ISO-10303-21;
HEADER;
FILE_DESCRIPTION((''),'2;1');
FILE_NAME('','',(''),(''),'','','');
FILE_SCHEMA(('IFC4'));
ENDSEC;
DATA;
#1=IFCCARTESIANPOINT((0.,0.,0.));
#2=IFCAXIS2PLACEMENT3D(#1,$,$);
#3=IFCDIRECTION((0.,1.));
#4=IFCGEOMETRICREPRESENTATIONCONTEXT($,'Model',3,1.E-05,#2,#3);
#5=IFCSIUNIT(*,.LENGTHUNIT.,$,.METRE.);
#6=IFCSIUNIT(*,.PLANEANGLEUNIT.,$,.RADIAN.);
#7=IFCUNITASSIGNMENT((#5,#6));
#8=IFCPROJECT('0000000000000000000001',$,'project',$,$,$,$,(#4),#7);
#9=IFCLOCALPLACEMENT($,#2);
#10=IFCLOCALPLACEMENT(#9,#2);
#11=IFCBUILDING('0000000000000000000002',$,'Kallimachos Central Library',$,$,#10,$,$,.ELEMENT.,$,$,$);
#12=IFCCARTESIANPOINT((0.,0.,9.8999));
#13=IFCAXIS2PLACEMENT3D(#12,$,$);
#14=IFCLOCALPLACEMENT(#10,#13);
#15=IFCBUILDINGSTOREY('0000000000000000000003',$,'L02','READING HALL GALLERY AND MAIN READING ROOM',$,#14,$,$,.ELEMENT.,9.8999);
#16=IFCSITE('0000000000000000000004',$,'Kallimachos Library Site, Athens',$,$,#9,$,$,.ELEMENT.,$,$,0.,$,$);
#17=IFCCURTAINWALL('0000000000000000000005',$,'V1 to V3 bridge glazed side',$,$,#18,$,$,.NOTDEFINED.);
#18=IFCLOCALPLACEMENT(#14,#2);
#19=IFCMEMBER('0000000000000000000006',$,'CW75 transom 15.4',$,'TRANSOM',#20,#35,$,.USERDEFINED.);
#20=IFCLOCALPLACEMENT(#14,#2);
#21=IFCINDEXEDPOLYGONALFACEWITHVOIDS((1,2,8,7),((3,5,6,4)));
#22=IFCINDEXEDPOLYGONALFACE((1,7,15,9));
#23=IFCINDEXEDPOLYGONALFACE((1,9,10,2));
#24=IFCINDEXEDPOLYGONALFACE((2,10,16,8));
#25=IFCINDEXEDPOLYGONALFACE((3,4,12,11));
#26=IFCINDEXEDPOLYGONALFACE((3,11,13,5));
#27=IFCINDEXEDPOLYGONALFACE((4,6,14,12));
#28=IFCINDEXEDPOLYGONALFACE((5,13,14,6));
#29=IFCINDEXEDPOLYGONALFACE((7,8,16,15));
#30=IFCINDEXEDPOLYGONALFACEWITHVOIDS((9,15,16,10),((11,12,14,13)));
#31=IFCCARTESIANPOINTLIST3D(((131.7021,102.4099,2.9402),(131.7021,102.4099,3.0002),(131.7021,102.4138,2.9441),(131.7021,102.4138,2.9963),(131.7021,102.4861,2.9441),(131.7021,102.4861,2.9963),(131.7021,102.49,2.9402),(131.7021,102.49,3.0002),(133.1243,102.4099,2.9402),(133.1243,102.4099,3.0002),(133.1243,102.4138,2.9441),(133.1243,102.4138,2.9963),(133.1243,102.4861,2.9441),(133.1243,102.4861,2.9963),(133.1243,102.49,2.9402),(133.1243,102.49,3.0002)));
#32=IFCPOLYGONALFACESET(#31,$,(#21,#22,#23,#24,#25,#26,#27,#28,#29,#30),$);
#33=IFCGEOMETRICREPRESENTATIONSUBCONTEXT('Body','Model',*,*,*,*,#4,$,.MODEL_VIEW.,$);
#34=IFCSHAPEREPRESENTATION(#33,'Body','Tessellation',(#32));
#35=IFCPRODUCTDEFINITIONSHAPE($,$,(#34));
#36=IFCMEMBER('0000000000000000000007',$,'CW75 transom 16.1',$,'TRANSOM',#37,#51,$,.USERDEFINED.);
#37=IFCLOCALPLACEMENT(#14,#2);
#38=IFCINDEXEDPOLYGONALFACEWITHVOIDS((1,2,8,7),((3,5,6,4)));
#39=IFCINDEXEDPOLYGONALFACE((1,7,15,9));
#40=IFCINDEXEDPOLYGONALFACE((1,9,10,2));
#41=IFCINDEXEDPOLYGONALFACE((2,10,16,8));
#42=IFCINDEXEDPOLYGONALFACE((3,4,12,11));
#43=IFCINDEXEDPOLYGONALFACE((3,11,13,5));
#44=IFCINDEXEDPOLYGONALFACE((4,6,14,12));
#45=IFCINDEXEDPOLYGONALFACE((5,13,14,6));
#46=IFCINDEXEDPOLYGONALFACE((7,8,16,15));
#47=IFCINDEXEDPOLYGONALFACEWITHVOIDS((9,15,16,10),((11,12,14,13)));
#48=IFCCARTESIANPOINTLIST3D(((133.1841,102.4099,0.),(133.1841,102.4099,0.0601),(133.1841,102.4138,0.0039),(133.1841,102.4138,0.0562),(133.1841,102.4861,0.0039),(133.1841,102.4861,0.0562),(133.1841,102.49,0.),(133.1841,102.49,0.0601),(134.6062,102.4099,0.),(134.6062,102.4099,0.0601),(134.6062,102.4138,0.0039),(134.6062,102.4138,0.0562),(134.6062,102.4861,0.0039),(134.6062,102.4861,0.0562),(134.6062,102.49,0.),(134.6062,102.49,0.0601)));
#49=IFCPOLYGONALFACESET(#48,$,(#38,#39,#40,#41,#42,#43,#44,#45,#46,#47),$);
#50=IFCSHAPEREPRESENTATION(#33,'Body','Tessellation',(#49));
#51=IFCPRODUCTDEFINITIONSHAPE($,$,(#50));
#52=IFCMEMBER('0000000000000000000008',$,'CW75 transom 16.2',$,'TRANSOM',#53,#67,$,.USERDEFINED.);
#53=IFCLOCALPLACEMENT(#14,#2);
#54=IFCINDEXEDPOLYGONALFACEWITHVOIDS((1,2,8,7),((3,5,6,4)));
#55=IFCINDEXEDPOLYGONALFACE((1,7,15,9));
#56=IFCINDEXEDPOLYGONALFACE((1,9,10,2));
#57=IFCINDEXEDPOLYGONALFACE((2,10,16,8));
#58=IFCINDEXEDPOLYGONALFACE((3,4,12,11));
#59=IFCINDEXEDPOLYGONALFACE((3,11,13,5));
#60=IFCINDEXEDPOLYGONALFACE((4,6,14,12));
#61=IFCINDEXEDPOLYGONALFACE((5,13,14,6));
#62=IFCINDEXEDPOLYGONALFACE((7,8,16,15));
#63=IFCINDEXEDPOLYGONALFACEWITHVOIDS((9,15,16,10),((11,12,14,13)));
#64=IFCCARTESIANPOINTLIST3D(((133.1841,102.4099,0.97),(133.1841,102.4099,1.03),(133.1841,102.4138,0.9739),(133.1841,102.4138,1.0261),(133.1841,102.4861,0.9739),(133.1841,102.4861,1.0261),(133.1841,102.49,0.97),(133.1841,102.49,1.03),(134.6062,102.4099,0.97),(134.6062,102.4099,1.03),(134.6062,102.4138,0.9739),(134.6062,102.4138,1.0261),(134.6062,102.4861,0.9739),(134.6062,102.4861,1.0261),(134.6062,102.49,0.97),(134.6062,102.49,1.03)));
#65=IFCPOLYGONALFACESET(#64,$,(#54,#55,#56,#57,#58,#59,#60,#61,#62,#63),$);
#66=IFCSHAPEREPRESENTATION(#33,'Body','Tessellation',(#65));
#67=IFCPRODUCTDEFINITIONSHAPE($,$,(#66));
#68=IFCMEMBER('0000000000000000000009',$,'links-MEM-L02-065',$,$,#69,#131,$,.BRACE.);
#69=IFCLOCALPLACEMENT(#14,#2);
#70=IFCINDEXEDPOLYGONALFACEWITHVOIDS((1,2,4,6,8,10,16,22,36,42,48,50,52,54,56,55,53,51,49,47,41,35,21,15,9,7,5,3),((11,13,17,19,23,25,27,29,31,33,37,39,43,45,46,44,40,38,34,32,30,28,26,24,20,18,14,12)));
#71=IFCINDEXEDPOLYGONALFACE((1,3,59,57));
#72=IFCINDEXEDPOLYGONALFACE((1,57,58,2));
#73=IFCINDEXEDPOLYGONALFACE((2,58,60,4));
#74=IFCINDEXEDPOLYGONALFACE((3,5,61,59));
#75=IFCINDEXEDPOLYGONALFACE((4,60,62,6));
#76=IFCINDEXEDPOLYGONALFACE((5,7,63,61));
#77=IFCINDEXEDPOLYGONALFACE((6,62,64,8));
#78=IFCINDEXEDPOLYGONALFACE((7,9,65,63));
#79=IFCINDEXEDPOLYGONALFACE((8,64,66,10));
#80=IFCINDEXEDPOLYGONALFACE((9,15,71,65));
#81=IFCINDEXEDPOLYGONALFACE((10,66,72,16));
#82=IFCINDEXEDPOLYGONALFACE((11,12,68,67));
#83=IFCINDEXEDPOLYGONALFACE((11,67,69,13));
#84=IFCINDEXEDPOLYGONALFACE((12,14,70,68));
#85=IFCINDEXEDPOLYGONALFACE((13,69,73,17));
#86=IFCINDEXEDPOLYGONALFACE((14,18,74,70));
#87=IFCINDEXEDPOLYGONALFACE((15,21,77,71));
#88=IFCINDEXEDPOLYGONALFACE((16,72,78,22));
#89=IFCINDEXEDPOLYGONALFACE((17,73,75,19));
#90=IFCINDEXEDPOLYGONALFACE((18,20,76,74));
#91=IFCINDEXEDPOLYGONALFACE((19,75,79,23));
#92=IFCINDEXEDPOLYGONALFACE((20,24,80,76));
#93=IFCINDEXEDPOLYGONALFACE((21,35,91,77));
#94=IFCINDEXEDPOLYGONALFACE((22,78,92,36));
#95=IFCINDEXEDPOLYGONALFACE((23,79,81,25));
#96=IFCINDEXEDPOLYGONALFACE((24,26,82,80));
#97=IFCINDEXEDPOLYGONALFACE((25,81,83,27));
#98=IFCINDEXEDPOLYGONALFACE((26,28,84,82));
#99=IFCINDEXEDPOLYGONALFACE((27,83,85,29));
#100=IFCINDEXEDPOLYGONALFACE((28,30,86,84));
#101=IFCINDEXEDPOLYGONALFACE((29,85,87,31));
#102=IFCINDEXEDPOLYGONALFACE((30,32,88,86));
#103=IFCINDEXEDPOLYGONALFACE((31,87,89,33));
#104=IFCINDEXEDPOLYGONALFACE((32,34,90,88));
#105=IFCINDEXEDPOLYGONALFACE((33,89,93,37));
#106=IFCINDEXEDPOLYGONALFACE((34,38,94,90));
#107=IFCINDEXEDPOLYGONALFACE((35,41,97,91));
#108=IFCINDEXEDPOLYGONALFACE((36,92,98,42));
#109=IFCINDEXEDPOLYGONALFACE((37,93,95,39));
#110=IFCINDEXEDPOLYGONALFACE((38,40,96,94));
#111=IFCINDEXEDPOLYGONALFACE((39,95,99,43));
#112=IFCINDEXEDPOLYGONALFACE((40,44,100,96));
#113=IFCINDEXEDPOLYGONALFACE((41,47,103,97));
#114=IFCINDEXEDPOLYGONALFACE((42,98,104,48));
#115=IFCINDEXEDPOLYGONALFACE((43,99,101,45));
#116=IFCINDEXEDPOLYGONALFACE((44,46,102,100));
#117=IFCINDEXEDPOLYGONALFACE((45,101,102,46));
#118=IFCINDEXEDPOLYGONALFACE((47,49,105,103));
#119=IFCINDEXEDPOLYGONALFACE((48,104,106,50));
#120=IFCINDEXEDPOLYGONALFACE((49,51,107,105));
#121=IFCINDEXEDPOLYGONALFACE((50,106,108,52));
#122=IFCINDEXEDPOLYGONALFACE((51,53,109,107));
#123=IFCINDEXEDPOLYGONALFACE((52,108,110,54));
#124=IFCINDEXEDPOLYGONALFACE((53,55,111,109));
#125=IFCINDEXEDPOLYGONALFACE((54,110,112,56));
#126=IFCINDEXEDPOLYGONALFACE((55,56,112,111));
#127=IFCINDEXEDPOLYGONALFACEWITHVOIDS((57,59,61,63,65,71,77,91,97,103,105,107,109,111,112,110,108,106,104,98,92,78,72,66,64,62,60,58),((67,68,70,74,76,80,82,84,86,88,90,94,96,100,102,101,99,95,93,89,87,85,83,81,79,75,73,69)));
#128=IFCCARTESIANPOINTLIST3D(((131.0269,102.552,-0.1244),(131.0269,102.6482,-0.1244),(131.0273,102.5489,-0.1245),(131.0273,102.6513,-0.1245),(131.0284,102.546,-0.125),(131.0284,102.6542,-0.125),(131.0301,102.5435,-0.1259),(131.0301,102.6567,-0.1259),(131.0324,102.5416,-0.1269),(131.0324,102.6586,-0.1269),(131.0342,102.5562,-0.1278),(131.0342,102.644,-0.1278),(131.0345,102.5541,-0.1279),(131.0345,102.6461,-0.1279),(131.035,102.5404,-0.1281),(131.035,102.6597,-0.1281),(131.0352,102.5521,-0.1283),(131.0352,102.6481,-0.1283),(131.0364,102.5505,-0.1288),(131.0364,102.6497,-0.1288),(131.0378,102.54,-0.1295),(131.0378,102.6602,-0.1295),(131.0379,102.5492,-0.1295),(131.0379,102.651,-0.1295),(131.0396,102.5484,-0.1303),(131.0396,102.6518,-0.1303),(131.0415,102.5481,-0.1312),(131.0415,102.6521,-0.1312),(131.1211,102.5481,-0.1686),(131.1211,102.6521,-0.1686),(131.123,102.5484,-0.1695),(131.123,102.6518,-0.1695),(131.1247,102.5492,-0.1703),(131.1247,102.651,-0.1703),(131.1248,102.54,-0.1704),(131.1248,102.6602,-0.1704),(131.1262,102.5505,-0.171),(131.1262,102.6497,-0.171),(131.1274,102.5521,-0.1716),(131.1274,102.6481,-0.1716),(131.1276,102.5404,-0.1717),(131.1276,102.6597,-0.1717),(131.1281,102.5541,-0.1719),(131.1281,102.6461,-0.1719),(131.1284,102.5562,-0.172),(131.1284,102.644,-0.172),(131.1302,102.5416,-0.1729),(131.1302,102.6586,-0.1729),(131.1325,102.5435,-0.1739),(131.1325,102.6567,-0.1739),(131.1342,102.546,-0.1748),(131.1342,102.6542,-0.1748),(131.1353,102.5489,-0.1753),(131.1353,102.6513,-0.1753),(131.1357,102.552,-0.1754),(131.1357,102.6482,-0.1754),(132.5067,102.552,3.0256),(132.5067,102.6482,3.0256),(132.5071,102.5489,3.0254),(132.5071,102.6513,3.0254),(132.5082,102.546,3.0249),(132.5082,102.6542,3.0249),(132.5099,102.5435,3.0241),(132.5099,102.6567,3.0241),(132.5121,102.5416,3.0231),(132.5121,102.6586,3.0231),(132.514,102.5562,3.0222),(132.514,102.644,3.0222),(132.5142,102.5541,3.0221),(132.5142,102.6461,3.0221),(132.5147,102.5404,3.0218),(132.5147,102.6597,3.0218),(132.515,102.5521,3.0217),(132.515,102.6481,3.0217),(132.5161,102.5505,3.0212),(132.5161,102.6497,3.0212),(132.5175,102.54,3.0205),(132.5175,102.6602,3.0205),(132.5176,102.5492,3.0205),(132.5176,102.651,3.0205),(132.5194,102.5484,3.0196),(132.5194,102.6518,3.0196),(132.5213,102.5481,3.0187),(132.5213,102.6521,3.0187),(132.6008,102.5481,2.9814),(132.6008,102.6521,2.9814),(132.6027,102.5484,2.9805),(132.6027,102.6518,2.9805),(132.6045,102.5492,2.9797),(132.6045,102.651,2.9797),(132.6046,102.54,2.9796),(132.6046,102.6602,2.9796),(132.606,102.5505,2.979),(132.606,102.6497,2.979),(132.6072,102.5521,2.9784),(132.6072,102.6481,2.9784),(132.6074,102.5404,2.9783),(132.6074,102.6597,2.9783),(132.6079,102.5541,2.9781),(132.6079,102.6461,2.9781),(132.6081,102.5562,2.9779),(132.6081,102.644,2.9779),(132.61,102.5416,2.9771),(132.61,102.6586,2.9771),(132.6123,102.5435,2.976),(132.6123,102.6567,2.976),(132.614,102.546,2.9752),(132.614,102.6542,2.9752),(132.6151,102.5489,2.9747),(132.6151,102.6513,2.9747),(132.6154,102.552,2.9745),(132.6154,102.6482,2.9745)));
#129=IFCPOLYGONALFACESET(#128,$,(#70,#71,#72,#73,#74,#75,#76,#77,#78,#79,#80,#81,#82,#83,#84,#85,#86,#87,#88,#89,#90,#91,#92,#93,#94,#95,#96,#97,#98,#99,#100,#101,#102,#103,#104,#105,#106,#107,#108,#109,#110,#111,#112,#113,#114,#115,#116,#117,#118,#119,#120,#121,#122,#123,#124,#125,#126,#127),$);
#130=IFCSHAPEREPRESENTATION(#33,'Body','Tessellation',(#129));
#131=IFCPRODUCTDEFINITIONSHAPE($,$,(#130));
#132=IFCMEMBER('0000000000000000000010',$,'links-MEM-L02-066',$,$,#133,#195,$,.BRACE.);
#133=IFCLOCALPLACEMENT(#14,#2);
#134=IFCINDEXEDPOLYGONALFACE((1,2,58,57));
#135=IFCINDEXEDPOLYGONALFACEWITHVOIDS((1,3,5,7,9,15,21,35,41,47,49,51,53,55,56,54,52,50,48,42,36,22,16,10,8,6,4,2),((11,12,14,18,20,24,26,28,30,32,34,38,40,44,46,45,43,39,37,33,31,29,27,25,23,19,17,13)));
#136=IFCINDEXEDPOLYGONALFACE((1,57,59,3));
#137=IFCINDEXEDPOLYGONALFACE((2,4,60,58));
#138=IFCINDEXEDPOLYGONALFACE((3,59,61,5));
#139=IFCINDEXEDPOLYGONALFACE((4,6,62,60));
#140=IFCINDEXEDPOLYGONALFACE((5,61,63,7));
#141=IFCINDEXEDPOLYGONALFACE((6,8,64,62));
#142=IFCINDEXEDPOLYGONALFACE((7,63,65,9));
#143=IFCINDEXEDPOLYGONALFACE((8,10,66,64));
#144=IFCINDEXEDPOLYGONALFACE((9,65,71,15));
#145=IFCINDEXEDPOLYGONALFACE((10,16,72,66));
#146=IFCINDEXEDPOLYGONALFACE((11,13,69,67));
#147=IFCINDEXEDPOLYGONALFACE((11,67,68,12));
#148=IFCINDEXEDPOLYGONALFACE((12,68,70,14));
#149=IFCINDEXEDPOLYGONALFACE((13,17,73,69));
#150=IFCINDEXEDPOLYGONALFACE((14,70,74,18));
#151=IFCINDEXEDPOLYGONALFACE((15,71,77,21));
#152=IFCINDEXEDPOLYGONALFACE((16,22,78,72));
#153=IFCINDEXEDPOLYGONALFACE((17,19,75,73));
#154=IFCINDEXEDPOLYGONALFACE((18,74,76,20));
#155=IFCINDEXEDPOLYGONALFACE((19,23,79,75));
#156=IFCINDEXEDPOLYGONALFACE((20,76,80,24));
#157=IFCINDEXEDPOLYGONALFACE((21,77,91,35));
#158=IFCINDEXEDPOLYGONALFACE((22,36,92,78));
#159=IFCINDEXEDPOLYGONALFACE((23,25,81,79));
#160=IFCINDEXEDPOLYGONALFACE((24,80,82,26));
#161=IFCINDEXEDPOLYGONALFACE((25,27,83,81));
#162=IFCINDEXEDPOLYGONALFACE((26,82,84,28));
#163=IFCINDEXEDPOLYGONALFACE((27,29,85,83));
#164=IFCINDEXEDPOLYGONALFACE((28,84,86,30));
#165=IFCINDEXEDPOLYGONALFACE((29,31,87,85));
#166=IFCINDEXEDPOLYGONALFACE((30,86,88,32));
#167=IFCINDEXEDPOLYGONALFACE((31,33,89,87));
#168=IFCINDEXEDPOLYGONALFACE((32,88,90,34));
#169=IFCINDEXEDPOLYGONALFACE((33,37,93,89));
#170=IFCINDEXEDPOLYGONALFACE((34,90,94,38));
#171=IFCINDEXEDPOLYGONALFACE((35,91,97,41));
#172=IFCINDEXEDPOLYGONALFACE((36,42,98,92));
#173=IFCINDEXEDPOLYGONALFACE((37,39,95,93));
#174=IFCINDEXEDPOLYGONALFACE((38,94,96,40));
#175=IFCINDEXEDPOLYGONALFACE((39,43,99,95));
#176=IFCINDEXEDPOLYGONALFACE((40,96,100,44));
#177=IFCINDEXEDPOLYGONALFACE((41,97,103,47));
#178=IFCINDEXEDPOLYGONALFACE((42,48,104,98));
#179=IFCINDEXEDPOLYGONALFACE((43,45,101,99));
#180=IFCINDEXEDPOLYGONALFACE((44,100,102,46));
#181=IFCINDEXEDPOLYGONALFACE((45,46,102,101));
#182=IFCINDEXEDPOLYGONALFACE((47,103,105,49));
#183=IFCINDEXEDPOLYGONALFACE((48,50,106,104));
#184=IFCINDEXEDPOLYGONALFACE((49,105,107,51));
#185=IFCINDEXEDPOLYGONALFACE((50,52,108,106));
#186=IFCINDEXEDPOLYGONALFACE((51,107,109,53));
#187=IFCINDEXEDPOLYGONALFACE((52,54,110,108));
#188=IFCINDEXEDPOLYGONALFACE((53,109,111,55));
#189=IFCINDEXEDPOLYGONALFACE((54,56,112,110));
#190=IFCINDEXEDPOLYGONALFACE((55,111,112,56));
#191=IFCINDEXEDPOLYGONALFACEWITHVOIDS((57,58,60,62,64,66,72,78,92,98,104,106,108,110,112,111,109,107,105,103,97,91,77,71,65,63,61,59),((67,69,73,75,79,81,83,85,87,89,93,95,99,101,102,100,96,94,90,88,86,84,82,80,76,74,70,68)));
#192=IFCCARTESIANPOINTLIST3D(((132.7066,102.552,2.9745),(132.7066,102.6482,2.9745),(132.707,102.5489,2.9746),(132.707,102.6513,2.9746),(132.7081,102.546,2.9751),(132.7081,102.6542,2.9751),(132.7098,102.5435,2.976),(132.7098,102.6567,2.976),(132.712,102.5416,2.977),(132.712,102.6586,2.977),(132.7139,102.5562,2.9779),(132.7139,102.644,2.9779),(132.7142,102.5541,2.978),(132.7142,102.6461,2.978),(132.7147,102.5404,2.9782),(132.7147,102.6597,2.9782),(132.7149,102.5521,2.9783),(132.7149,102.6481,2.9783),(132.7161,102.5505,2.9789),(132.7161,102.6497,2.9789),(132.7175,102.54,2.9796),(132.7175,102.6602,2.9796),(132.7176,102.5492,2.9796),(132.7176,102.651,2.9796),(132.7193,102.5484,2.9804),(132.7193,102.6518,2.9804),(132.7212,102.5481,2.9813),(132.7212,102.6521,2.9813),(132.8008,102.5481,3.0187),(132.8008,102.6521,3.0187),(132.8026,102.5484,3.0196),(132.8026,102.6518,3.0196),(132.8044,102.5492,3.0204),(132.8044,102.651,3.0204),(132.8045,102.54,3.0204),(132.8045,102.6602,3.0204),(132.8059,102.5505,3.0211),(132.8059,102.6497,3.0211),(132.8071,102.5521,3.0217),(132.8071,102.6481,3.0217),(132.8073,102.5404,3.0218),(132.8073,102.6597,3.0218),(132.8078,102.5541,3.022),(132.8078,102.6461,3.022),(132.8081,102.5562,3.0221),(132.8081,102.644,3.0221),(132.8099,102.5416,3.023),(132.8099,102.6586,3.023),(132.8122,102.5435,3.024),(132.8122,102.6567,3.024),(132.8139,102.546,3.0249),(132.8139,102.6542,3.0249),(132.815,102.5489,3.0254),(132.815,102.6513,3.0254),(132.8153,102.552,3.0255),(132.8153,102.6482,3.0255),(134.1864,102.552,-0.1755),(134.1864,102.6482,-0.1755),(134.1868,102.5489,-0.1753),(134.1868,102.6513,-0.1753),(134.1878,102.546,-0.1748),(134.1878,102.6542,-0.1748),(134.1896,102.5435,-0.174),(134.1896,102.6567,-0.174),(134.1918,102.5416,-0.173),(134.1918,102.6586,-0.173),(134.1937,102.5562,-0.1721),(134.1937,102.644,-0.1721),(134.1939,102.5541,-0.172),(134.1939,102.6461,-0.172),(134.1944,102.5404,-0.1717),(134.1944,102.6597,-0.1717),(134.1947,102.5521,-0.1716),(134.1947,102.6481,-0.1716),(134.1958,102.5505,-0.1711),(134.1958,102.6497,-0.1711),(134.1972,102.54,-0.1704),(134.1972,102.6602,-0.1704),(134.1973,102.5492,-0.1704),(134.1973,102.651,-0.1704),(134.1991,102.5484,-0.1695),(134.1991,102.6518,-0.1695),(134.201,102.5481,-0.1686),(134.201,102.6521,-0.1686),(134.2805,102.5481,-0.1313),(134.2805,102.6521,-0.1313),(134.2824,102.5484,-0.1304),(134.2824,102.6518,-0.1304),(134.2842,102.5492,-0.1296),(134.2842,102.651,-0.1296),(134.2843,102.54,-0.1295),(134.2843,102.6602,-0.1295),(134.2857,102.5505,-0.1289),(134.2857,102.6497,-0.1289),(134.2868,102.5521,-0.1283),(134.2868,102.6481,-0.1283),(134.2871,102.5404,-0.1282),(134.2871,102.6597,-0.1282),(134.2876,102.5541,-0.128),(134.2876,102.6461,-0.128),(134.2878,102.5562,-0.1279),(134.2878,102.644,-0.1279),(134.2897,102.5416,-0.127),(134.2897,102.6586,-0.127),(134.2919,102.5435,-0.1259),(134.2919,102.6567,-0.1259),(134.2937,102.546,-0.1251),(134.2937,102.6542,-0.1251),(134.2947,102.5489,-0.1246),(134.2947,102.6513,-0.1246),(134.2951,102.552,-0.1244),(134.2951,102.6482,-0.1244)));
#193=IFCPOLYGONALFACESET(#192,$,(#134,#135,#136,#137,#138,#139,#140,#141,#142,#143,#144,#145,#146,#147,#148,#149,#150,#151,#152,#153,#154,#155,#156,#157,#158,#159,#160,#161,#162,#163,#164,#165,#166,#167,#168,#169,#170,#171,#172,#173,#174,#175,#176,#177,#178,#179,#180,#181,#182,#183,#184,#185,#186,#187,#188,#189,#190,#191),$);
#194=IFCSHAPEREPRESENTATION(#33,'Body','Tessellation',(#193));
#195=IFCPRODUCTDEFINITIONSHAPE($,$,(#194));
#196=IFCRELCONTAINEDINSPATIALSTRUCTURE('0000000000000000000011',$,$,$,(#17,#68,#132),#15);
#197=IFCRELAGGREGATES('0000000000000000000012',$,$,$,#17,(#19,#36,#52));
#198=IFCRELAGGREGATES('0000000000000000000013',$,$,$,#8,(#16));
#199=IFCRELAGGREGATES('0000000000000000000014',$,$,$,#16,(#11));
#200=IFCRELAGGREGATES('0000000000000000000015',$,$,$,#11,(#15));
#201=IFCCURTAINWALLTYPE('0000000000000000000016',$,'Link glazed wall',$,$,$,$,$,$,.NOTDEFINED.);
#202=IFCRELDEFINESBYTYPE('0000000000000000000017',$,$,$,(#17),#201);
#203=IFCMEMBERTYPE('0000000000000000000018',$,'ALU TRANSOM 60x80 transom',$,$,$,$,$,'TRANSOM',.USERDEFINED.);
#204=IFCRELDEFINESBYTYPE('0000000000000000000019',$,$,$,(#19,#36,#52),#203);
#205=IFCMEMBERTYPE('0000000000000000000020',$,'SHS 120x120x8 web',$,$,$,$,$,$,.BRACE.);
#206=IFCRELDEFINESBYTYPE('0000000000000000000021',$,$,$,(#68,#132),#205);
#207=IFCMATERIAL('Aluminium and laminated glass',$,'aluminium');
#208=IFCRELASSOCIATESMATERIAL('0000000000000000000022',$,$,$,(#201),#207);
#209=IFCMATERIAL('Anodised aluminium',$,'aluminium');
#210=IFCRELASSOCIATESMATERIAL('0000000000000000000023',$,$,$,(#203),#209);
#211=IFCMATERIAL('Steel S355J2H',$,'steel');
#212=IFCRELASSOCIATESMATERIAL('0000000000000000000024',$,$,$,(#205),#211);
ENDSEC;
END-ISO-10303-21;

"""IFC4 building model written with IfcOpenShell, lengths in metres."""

from ifc_helpers import new_model, si_unit, direction, frame, origin, origin_2d, place, context, subcontext, project, spatial, hollow_rectangle, extrude, material, material_profile, profile_set, type_object, element, aggregate, save


model = new_model("IFC4")

# Units and contexts
model_context = context("Model", 3, precision=1e-05, world=origin(), true_north=direction((0.0, 1.0)))
body_context = subcontext(model_context, "Body", "Model", "MODEL_VIEW")
ifc_project = project(units=[si_unit("LENGTHUNIT", "METRE"), si_unit("PLANEANGLEUNIT", "RADIAN")], contexts=[model_context])

# Site, building, storey
site_placement = place(None, origin())
site = spatial("IfcSite", under=ifc_project, at=site_placement, Name="Kallimachos Library Site, Athens", CompositionType="ELEMENT", RefElevation=0.0)
building_placement = place(site_placement, origin())
building = spatial("IfcBuilding", under=site, at=building_placement, Name="Kallimachos Central Library", CompositionType="ELEMENT")
storey_placement = place(building_placement, frame((0.0, 0.0, 9.8999)))
storey = spatial("IfcBuildingStorey", under=building, at=storey_placement, Name="L02", Description="READING HALL GALLERY AND MAIN READING ROOM", CompositionType="ELEMENT", Elevation=9.8999)

# Curtain wall
ifc_material_1 = material(Name="Aluminium and laminated glass", Category="aluminium")
curtain_wall_type = type_object("IfcCurtainWallType", Name="Link glazed wall", PredefinedType="NOTDEFINED", material=ifc_material_1)
curtain_wall_1_placement = place(storey_placement, origin())
curtain_wall_1 = element("IfcCurtainWall", 1, at=curtain_wall_1_placement, inside=storey, type_object=curtain_wall_type, Name="V1 to V3 bridge glazed side", PredefinedType="NOTDEFINED")

# Shared definitions
ifc_material_2 = material(Name="Anodised aluminium", Category="aluminium")
ifc_material_profile_1 = material_profile(ifc_material_2, hollow_rectangle(XDim=0.0601, YDim=0.0801, WallThickness=0.0039, at=origin_2d()), Name="ALU TRANSOM 60x80")
ifc_profile_set_1 = profile_set([ifc_material_profile_1], Name="Anodised aluminium")
member_type_1 = type_object("IfcMemberType", Name="ALU TRANSOM 60x80 transom", ElementType="TRANSOM", PredefinedType="USERDEFINED", material=ifc_profile_set_1)

# Members
member_1_placement = place(storey_placement, frame((131.7021, 102.45, 2.9702), z_axis=(1.0, 0.0, 0.0), x_axis=(0.0, 0.0, 1.0)))
member_1 = element("IfcMember", 2, at=member_1_placement, type_object=member_type_1, Name="CW75 transom 15.4", ObjectType="TRANSOM", PredefinedType="USERDEFINED", context=body_context, shape_type="SweptSolid", body=[
    extrude(hollow_rectangle(XDim=0.0601, YDim=0.0801, WallThickness=0.0039, at=origin_2d()), origin(), (0.0, 0.0, 1.0), 1.4221),
])
member_2_placement = place(storey_placement, frame((133.1841, 102.45, 0.03), z_axis=(1.0, 0.0, 0.0), x_axis=(0.0, 0.0, 1.0)))
member_2 = element("IfcMember", 3, at=member_2_placement, type_object=member_type_1, Name="CW75 transom 16.1", ObjectType="TRANSOM", PredefinedType="USERDEFINED", context=body_context, shape_type="SweptSolid", body=[
    extrude(hollow_rectangle(XDim=0.0601, YDim=0.0801, WallThickness=0.0039, at=origin_2d()), origin(), (0.0, 0.0, 1.0), 1.4221),
])
member_3_placement = place(storey_placement, frame((133.1841, 102.45, 1.0), z_axis=(1.0, 0.0, 0.0), x_axis=(0.0, 0.0, 1.0)))
member_3 = element("IfcMember", 4, at=member_3_placement, type_object=member_type_1, Name="CW75 transom 16.2", ObjectType="TRANSOM", PredefinedType="USERDEFINED", context=body_context, shape_type="SweptSolid", body=[
    extrude(hollow_rectangle(XDim=0.0601, YDim=0.0801, WallThickness=0.0039, at=origin_2d()), origin(), (0.0, 0.0, 1.0), 1.4221),
])

# Members
ifc_material_3 = material(Name="Steel S355J2H", Category="steel")
ifc_material_profile_2 = material_profile(ifc_material_3, hollow_rectangle(XDim=0.1201, YDim=0.1201, WallThickness=0.0081, InnerFilletRadius=0.0081, OuterFilletRadius=0.012, at=origin_2d()), Name="SHS 120x120x8")
ifc_profile_set_2 = profile_set([ifc_material_profile_2], Name="Steel S355J2H")
member_type_2 = type_object("IfcMemberType", Name="SHS 120x120x8 web", PredefinedType="BRACE", material=ifc_profile_set_2)
for number, where, z_axis, x_axis, name in (
    (5, (131.0813, 102.6001, -0.1499), (0.425192, 0.0, 0.905103), (0.0, 1.0, 0.0), "links-MEM-L02-065"),
    (6, (132.761, 102.6001, 3.0), (0.425192, 0.0, -0.905103), (0.0, 1.0, 0.0), "links-MEM-L02-066"),
):
    element("IfcMember", number, at=place(storey_placement, frame(where, z_axis=z_axis, x_axis=x_axis)), inside=storey, type_object=member_type_2, Name=name, PredefinedType="BRACE", context=body_context, shape_type="SweptSolid", body=[
        extrude(hollow_rectangle(XDim=0.1201, YDim=0.1201, WallThickness=0.0081, InnerFilletRadius=0.0081, OuterFilletRadius=0.012, at=origin_2d()), origin(), (0.0, 0.0, 1.0), 3.4802),
    ])

aggregate(curtain_wall_1, [member_1, member_2, member_3])

save(model, "model.ifc")
